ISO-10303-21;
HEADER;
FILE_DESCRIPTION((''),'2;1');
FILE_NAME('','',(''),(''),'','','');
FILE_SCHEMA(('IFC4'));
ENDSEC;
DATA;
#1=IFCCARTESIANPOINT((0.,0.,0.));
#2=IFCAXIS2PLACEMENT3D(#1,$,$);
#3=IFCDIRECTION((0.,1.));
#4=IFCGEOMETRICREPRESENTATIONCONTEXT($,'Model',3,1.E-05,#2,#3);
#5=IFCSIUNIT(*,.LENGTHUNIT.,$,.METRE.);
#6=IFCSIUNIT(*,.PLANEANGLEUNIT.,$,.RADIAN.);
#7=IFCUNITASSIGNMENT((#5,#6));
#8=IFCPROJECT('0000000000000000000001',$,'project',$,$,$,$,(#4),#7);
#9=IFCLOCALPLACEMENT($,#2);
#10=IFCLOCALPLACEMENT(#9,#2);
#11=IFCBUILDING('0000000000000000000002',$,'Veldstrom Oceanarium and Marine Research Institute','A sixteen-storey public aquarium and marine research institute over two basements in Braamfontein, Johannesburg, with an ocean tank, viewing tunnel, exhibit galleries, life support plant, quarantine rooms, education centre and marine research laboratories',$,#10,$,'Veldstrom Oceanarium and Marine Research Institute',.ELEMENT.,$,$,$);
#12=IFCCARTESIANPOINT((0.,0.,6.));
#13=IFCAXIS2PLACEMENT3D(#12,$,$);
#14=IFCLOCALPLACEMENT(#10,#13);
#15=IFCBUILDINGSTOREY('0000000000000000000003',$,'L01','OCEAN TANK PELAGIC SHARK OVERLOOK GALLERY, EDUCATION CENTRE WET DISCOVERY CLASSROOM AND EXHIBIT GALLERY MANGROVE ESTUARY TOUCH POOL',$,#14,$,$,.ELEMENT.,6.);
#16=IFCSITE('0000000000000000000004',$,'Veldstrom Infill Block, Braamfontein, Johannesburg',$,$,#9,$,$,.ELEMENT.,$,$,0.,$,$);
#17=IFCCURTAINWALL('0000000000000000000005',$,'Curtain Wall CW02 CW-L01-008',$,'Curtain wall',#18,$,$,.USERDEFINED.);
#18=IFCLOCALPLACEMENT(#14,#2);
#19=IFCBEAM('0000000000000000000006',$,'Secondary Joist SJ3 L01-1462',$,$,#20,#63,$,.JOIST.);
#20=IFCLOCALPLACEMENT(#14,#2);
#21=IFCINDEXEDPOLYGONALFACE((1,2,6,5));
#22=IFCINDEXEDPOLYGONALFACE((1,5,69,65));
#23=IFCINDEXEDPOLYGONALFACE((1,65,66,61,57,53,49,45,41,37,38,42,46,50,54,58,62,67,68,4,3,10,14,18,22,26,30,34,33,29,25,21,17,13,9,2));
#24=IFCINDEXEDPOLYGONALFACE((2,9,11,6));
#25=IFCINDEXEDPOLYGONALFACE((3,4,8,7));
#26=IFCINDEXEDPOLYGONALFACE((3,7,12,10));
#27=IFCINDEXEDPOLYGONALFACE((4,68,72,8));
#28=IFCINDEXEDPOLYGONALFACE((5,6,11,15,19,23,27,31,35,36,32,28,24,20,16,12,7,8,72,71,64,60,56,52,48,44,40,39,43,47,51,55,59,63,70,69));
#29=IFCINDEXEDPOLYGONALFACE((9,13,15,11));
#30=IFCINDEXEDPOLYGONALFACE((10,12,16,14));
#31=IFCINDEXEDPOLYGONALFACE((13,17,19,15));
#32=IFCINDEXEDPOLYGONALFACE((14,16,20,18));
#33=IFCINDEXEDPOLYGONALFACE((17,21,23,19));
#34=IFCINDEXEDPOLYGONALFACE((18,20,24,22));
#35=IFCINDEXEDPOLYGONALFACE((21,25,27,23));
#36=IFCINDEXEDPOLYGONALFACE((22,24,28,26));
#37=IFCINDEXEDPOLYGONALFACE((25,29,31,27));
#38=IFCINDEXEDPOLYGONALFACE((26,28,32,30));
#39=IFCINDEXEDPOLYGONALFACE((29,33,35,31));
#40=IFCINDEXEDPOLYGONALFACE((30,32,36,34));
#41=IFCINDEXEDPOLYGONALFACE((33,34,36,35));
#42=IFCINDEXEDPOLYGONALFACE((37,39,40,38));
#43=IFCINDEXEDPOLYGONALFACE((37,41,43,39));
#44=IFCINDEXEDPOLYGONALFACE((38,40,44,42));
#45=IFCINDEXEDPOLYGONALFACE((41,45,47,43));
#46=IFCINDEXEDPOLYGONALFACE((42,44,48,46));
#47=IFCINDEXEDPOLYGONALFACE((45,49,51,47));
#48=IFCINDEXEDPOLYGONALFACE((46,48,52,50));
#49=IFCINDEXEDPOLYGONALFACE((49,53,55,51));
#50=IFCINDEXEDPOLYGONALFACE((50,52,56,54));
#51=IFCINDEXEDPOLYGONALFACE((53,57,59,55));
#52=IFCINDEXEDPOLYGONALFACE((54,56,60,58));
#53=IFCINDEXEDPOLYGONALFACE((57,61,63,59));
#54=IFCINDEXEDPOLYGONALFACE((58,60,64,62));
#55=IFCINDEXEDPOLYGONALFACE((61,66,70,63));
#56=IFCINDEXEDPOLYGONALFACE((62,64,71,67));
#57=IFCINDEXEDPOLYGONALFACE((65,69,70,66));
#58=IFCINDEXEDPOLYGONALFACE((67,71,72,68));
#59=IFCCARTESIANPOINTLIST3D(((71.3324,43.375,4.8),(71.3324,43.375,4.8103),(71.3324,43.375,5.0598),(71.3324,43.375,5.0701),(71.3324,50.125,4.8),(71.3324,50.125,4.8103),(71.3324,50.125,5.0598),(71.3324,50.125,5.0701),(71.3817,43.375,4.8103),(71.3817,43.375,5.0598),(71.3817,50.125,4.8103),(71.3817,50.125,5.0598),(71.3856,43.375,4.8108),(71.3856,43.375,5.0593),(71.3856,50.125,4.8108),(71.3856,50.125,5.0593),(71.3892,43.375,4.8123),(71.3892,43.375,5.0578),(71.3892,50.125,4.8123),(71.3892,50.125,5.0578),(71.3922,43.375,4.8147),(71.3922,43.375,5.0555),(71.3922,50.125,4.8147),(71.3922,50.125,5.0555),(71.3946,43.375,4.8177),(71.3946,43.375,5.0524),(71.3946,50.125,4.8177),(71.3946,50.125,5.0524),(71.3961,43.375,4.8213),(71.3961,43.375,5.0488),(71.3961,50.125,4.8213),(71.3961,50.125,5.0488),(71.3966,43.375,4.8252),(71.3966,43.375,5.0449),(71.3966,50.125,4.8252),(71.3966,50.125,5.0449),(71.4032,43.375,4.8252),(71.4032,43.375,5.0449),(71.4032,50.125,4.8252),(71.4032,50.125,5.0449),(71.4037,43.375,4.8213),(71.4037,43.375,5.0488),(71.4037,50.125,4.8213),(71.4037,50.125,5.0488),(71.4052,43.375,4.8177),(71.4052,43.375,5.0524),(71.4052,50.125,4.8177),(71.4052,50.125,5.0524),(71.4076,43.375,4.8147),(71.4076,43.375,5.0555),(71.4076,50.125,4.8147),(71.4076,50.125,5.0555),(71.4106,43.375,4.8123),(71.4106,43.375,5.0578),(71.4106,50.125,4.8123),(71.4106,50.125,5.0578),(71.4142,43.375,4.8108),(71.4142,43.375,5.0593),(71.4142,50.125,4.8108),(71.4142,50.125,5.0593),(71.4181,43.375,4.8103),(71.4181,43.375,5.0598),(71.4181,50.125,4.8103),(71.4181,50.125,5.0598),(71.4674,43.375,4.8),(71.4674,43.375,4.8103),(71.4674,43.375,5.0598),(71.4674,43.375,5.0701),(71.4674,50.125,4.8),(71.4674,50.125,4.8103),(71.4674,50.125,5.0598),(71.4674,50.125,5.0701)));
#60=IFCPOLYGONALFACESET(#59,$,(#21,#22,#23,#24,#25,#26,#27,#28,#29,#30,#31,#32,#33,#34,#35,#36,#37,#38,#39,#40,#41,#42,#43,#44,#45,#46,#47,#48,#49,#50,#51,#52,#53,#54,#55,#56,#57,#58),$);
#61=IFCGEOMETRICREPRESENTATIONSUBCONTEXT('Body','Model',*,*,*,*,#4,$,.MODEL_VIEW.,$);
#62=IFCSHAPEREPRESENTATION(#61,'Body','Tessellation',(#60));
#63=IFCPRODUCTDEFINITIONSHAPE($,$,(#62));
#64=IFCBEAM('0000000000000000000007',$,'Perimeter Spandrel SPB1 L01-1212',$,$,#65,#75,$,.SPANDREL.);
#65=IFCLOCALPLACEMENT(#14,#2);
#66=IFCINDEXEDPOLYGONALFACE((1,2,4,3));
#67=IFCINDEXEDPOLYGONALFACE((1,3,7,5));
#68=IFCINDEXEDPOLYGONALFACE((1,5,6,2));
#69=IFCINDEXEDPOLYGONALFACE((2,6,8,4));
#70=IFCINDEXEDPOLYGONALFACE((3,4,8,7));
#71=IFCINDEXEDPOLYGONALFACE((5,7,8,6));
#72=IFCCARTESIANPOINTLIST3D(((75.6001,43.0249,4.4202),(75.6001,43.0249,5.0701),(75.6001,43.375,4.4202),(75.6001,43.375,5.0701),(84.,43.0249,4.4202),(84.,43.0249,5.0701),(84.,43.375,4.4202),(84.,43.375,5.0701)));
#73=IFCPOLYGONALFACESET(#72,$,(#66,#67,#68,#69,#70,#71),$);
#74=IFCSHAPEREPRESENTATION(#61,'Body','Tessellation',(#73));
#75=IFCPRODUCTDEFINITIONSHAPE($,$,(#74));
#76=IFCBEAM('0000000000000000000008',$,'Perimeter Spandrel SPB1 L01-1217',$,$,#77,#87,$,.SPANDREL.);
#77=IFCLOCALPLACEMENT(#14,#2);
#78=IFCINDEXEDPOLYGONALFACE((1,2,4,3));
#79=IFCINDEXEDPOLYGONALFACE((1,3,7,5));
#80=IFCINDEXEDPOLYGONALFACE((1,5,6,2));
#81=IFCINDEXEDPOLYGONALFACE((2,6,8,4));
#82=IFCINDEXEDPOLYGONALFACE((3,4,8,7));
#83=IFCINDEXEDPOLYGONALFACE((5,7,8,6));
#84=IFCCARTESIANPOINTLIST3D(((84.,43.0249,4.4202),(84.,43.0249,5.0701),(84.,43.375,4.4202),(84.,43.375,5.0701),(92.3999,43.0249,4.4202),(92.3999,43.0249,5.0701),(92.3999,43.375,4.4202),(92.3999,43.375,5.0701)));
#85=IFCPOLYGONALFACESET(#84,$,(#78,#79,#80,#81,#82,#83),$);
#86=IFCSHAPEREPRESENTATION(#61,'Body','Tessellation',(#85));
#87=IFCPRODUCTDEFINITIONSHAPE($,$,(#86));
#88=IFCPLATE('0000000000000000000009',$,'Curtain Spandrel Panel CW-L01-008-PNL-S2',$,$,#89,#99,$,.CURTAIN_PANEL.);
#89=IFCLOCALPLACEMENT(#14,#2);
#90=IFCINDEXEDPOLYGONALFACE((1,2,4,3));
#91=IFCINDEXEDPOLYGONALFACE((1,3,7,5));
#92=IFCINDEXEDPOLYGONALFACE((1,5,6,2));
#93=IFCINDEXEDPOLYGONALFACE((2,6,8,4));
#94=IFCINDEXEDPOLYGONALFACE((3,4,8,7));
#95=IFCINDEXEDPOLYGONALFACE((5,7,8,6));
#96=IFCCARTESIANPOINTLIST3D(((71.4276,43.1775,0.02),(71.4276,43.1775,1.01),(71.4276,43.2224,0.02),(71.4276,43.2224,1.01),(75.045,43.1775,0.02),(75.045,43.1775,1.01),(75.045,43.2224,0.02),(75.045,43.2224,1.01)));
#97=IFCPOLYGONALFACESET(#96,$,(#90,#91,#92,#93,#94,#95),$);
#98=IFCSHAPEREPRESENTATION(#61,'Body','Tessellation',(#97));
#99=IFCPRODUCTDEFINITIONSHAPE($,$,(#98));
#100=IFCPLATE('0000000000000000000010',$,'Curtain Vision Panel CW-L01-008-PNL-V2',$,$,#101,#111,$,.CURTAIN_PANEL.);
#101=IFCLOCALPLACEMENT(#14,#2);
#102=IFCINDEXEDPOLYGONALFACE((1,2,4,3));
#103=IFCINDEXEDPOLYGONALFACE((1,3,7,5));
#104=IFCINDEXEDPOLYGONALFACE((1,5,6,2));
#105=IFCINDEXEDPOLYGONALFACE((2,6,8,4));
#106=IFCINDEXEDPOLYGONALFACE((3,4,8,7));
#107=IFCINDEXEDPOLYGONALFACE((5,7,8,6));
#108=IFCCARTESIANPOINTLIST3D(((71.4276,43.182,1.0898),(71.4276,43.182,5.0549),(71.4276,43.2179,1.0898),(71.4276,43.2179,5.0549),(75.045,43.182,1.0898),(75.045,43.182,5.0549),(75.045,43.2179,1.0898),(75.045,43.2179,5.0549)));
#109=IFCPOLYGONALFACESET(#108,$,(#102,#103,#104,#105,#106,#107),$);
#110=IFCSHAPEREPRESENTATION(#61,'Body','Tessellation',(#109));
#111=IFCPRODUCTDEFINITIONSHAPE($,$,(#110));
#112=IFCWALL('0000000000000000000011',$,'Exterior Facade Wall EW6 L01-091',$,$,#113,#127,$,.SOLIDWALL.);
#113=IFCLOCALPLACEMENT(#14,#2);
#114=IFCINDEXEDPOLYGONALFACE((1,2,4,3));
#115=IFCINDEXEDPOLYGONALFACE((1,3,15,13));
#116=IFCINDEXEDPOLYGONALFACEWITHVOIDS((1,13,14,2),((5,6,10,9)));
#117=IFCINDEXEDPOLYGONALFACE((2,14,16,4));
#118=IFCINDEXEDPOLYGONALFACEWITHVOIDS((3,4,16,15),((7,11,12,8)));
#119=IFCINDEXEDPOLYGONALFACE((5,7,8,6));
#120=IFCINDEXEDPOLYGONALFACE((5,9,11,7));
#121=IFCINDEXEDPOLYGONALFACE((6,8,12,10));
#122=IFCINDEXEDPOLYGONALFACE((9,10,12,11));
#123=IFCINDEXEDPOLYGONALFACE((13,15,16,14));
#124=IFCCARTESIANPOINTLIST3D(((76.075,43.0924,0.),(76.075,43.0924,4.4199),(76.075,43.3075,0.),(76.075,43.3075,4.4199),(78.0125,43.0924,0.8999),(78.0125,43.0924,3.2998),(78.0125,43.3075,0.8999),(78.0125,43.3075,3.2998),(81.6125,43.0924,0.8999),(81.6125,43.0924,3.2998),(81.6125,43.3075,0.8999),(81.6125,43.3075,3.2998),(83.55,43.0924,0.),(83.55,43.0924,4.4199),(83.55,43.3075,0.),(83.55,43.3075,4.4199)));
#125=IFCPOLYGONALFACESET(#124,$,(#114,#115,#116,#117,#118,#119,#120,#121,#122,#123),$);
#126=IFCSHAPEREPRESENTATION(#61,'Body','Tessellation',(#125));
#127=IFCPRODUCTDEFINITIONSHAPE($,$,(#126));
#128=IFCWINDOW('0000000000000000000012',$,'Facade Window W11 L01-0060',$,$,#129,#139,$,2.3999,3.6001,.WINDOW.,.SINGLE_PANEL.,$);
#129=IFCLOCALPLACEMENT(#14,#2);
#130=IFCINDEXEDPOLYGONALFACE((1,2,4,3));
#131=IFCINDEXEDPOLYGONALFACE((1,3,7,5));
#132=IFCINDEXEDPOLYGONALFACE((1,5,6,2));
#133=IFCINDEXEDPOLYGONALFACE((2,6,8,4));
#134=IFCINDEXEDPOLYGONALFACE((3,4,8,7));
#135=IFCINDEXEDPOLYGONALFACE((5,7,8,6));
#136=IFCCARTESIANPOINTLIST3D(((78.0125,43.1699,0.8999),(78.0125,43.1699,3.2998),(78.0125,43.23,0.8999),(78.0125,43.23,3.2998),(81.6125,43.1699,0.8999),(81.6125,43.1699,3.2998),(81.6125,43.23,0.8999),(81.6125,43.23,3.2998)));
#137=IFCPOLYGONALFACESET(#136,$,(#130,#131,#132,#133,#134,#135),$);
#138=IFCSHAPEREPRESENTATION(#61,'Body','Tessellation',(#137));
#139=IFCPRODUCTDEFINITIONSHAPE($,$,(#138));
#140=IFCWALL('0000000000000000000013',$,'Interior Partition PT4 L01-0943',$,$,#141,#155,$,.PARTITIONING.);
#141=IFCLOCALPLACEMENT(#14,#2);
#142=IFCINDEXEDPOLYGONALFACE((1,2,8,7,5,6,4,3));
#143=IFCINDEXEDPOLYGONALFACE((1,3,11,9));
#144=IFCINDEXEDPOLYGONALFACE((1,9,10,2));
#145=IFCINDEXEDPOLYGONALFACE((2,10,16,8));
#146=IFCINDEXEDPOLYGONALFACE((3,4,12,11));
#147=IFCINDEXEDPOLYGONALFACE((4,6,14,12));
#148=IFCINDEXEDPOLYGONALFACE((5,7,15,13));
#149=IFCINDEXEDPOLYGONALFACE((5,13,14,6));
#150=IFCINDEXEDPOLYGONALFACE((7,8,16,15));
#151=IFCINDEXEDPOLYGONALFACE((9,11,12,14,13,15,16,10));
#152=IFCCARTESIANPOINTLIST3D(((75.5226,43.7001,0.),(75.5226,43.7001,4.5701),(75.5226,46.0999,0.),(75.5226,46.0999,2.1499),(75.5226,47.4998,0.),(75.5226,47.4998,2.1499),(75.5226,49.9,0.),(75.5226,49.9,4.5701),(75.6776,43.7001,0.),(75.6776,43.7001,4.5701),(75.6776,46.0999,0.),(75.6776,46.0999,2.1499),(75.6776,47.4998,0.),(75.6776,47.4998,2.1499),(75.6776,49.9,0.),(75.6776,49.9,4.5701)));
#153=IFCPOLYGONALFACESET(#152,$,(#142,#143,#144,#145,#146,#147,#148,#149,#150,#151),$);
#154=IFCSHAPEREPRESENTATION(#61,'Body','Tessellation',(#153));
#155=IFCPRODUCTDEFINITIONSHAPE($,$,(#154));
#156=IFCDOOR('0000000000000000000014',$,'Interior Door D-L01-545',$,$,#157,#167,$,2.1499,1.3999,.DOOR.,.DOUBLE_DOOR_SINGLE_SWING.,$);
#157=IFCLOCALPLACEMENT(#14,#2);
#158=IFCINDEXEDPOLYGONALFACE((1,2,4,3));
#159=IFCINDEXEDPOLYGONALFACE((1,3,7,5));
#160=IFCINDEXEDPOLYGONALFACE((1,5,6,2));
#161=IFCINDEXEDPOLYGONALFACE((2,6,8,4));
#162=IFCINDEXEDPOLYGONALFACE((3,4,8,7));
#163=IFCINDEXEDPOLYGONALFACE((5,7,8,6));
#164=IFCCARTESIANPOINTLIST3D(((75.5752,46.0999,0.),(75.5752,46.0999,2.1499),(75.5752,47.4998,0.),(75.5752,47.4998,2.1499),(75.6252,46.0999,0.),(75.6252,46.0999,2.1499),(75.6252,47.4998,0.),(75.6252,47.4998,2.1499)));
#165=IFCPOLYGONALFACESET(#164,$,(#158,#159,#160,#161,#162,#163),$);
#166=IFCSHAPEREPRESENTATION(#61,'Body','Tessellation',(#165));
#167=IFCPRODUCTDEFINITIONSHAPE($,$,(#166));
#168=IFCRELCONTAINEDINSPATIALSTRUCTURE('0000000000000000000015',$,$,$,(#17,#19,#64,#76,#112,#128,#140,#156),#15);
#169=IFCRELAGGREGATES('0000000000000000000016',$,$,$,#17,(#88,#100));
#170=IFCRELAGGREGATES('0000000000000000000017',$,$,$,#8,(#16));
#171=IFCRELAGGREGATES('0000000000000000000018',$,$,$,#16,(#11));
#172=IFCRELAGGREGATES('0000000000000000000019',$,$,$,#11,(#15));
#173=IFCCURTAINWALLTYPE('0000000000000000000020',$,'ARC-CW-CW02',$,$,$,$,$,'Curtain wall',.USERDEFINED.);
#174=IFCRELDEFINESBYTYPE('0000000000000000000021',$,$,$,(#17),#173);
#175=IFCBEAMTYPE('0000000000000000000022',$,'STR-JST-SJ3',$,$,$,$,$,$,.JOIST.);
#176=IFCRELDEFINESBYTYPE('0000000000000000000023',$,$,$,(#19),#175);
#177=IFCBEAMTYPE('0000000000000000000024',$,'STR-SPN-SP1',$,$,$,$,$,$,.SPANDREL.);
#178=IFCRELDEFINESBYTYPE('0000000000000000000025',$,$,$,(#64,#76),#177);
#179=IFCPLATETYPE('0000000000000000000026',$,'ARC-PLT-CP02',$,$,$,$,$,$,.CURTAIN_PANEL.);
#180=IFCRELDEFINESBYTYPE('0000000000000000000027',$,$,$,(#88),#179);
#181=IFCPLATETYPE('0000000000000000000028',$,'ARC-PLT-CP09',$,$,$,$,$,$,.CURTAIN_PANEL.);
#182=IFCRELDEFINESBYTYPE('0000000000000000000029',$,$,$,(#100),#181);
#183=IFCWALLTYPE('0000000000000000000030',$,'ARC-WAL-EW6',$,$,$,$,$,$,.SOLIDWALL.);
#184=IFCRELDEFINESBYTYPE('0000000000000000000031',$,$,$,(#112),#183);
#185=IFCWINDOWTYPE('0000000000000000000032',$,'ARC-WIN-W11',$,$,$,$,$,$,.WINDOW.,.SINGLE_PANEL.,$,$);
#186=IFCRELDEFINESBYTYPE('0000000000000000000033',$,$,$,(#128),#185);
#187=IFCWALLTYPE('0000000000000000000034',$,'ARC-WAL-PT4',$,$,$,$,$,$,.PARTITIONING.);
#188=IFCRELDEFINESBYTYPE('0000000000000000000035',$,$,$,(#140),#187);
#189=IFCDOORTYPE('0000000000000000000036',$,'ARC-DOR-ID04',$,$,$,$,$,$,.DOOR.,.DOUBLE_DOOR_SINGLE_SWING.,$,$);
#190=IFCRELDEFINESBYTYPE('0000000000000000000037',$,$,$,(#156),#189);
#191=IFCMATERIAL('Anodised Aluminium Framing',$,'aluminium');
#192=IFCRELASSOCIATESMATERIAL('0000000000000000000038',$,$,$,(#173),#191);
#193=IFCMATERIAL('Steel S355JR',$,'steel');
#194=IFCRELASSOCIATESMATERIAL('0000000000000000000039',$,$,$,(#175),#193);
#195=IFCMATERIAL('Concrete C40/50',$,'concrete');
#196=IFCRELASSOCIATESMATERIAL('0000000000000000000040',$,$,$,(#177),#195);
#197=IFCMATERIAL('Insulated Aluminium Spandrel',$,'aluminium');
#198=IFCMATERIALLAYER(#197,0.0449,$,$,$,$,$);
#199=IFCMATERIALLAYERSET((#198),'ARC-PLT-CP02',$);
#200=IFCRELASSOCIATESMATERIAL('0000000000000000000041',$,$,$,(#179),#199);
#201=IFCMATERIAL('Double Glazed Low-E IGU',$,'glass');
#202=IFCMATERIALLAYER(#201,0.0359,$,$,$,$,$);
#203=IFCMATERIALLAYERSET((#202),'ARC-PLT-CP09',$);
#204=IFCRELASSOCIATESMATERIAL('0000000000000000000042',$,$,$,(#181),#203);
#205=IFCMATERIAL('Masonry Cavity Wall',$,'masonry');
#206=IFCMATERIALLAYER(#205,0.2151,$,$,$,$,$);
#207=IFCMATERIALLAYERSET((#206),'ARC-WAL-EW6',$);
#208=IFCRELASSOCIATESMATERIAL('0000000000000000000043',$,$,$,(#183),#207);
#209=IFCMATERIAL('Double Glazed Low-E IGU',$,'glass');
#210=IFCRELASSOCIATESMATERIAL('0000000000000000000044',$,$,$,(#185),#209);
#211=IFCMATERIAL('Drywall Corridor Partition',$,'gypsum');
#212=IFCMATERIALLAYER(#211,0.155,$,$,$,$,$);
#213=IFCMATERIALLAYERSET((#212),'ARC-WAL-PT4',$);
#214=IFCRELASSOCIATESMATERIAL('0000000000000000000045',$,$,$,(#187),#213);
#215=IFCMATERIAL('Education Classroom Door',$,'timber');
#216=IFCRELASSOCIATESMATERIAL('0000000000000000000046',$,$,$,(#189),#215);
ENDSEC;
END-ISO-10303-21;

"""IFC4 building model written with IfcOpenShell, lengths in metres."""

from ifc_helpers import new_model, si_unit, direction, frame, frame_2d, origin, origin_2d, place, context, subcontext, project, spatial, rectangle, i_section, extrude, material, layer, layer_set, material_profile, profile_set, type_object, element, fill, aggregate, save


model = new_model("IFC4")

# Units and contexts
model_context = context("Model", 3, precision=1e-05, world=origin(), true_north=direction((0.0, 1.0)))
body_context = subcontext(model_context, "Body", "Model", "MODEL_VIEW")
ifc_project = project(units=[si_unit("LENGTHUNIT", "METRE"), si_unit("PLANEANGLEUNIT", "RADIAN")], contexts=[model_context])

# Site, building, storey
site_placement = place(None, origin())
site = spatial("IfcSite", under=ifc_project, at=site_placement, Name="Veldstrom Infill Block, Braamfontein, Johannesburg", CompositionType="ELEMENT", RefElevation=0.0)
building_placement = place(site_placement, origin())
building = spatial("IfcBuilding", under=site, at=building_placement, Name="Veldstrom Oceanarium and Marine Research Institute", Description="A sixteen-storey public aquarium and marine research institute over two basements in Braamfontein, Johannesburg, with an ocean tank, viewing tunnel, exhibit galleries, life support plant, quarantine rooms, education centre and marine research laboratories", LongName="Veldstrom Oceanarium and Marine Research Institute", CompositionType="ELEMENT")
storey_placement = place(building_placement, frame((0.0, 0.0, 6.0)))
storey = spatial("IfcBuildingStorey", under=building, at=storey_placement, Name="L01", Description="OCEAN TANK PELAGIC SHARK OVERLOOK GALLERY, EDUCATION CENTRE WET DISCOVERY CLASSROOM AND EXHIBIT GALLERY MANGROVE ESTUARY TOUCH POOL", CompositionType="ELEMENT", Elevation=6.0)

# Curtain wall
ifc_material_1 = material(Name="Anodised Aluminium Framing", Category="aluminium")
curtain_wall_type = type_object("IfcCurtainWallType", Name="ARC-CW-CW02", ElementType="Curtain wall", PredefinedType="USERDEFINED", material=ifc_material_1)
curtain_wall_placement = place(storey_placement, origin())
curtain_wall = element("IfcCurtainWall", 1, at=curtain_wall_placement, inside=storey, type_object=curtain_wall_type, Name="Curtain Wall CW02 CW-L01-008", ObjectType="Curtain wall", PredefinedType="USERDEFINED")

# Beams
ifc_material_2 = material(Name="Steel S355JR", Category="steel")
ifc_material_profile_1 = material_profile(ifc_material_2, i_section(OverallWidth=0.135, OverallDepth=0.27, WebThickness=0.0066, FlangeThickness=0.0103, FilletRadius=0.0149, at=origin_2d()), Name="IPE 270")
ifc_profile_set_1 = profile_set([ifc_material_profile_1], Name="Steel S355JR")
beam_type_1 = type_object("IfcBeamType", Name="STR-JST-SJ3", PredefinedType="JOIST", material=ifc_profile_set_1)
beam_1_placement = place(storey_placement, frame((71.3999, 43.375, 4.9351), z_axis=(0.0, 1.0, 0.0), x_axis=(-1.0, 0.0, 0.0)))
element("IfcBeam", 2, at=beam_1_placement, inside=storey, type_object=beam_type_1, Name="Secondary Joist SJ3 L01-1462", PredefinedType="JOIST", context=body_context, shape_type="SweptSolid", body=[
    extrude(i_section(OverallWidth=0.135, OverallDepth=0.27, WebThickness=0.0066, FlangeThickness=0.0103, FilletRadius=0.0149, at=origin_2d()), origin(), (0.0, 0.0, 1.0), 6.75),
])
ifc_material_3 = material(Name="Concrete C40/50", Category="concrete")
ifc_material_profile_2 = material_profile(ifc_material_3, rectangle(XDim=0.3501, YDim=0.6499, at=origin_2d()), Name="RC-SPN-350x650")
ifc_profile_set_2 = profile_set([ifc_material_profile_2], Name="Concrete C40/50")
beam_type_2 = type_object("IfcBeamType", Name="STR-SPN-SP1", PredefinedType="SPANDREL", material=ifc_profile_set_2)
for number, where, z_axis, x_axis, name in (
    (3, (75.6001, 43.2, 4.7451), (1.0, 0.0, 0.0), (0.0, 1.0, 0.0), "Perimeter Spandrel SPB1 L01-1212"),
    (4, (84.0, 43.2, 4.7451), (1.0, 0.0, 0.0), (0.0, 1.0, 0.0), "Perimeter Spandrel SPB1 L01-1217"),
):
    element("IfcBeam", number, at=place(storey_placement, frame(where, z_axis=z_axis, x_axis=x_axis)), inside=storey, type_object=beam_type_2, Name=name, PredefinedType="SPANDREL", context=body_context, shape_type="SweptSolid", body=[
        extrude(rectangle(XDim=0.3501, YDim=0.6499, at=origin_2d()), origin(), (0.0, 0.0, 1.0), 8.3999),
    ])

# Plates
ifc_material_4 = material(Name="Insulated Aluminium Spandrel", Category="aluminium")
ifc_layer_1 = layer(ifc_material_4, 0.0449)
ifc_layer_set_1 = layer_set([ifc_layer_1], Name="ARC-PLT-CP02")
plate_type_1 = type_object("IfcPlateType", Name="ARC-PLT-CP02", PredefinedType="CURTAIN_PANEL", material=ifc_layer_set_1)
plate_1_placement = place(storey_placement, frame((73.2363, 43.2, 0.02), z_axis=(0.0, 0.0, 1.0), x_axis=(1.0, 0.0, 0.0)))
plate_1 = element("IfcPlate", 5, at=plate_1_placement, type_object=plate_type_1, Name="Curtain Spandrel Panel CW-L01-008-PNL-S2", PredefinedType="CURTAIN_PANEL", context=body_context, shape_type="SweptSolid", body=[
    extrude(rectangle(XDim=3.6174, YDim=0.0449, at=origin_2d()), origin(), (0.0, 0.0, 1.0), 0.99),
])
ifc_material_5 = material(Name="Double Glazed Low-E IGU", Category="glass")
ifc_layer_2 = layer(ifc_material_5, 0.0359)
ifc_layer_set_2 = layer_set([ifc_layer_2], Name="ARC-PLT-CP09")
plate_type_2 = type_object("IfcPlateType", Name="ARC-PLT-CP09", PredefinedType="CURTAIN_PANEL", material=ifc_layer_set_2)
plate_2_placement = place(storey_placement, frame((73.2363, 43.2, 1.0898), z_axis=(0.0, 0.0, 1.0), x_axis=(1.0, 0.0, 0.0)))
plate_2 = element("IfcPlate", 6, at=plate_2_placement, type_object=plate_type_2, Name="Curtain Vision Panel CW-L01-008-PNL-V2", PredefinedType="CURTAIN_PANEL", context=body_context, shape_type="SweptSolid", body=[
    extrude(rectangle(XDim=3.6174, YDim=0.0359, at=origin_2d()), origin(), (0.0, 0.0, 1.0), 3.9651),
])
aggregate(curtain_wall, [plate_1, plate_2])

# Wall, opening, window
ifc_material_6 = material(Name="Masonry Cavity Wall", Category="masonry")
ifc_layer_3 = layer(ifc_material_6, 0.2151)
ifc_layer_set_3 = layer_set([ifc_layer_3], Name="ARC-WAL-EW6")
wall_type_1 = type_object("IfcWallType", Name="ARC-WAL-EW6", PredefinedType="SOLIDWALL", material=ifc_layer_set_3)
wall_1_placement = place(storey_placement, frame((76.075, 43.2, 0.0), z_axis=(0.0, 0.0, 1.0), x_axis=(1.0, 0.0, 0.0)))
wall_1 = element("IfcWall", 7, at=wall_1_placement, inside=storey, type_object=wall_type_1, Name="Exterior Facade Wall EW6 L01-091", PredefinedType="SOLIDWALL", context=body_context, shape_type="SweptSolid", body=[
    extrude(rectangle(XDim=7.4751, YDim=0.2151, at=frame_2d((3.7375, 0.0))), origin(), (0.0, 0.0, 1.0), 4.4199),
])
opening_1_placement = place(wall_1_placement, frame((1.9375, 0.0, 0.8999)))
opening_1 = element("IfcOpeningElement", 8, at=opening_1_placement, cuts=wall_1, PredefinedType="OPENING", context=body_context, shape_type="SweptSolid", body=[
    extrude(rectangle(XDim=3.6001, YDim=2.3999, at=frame_2d((1.8, 1.2))), frame((0.0, 0.1174, 0.0), z_axis=(0.0, -1.0, 0.0), x_axis=(1.0, 0.0, 0.0)), (0.0, 0.0, 1.0), 0.2351),
])
ifc_material_7 = material(Name="Double Glazed Low-E IGU", Category="glass")
window_type = type_object("IfcWindowType", Name="ARC-WIN-W11", PartitioningType="SINGLE_PANEL", PredefinedType="WINDOW", material=ifc_material_7)
window_placement = place(opening_1_placement, origin())
window = element("IfcWindow", 9, at=window_placement, inside=storey, type_object=window_type, Name="Facade Window W11 L01-0060", OverallHeight=2.3999, OverallWidth=3.6001, PartitioningType="SINGLE_PANEL", PredefinedType="WINDOW", context=body_context, shape_type="SweptSolid", body=[
    extrude(rectangle(XDim=3.6001, YDim=2.3999, at=frame_2d((1.8, 1.2))), frame((0.0, 0.03, 0.0), z_axis=(0.0, -1.0, 0.0), x_axis=(1.0, 0.0, 0.0)), (0.0, 0.0, 1.0), 0.0601),
])
fill(opening_1, window)

# Wall, opening, door
ifc_material_8 = material(Name="Drywall Corridor Partition", Category="gypsum")
ifc_layer_4 = layer(ifc_material_8, 0.155)
ifc_layer_set_4 = layer_set([ifc_layer_4], Name="ARC-WAL-PT4")
wall_type_2 = type_object("IfcWallType", Name="ARC-WAL-PT4", PredefinedType="PARTITIONING", material=ifc_layer_set_4)
wall_2_placement = place(storey_placement, frame((75.6001, 43.7, 0.0), z_axis=(0.0, 0.0, 1.0), x_axis=(0.0, 1.0, 0.0)))
wall_2 = element("IfcWall", 10, at=wall_2_placement, inside=storey, type_object=wall_type_2, Name="Interior Partition PT4 L01-0943", PredefinedType="PARTITIONING", context=body_context, shape_type="SweptSolid", body=[
    extrude(rectangle(XDim=6.2, YDim=0.155, at=frame_2d((3.1001, 0.0))), origin(), (0.0, 0.0, 1.0), 4.5701),
])
opening_2_placement = place(wall_2_placement, frame((2.3999, 0.0, 0.0)))
opening_2 = element("IfcOpeningElement", 11, at=opening_2_placement, cuts=wall_2, PredefinedType="OPENING", context=body_context, shape_type="SweptSolid", body=[
    extrude(rectangle(XDim=1.3999, YDim=2.1499, at=frame_2d((0.7, 1.075))), frame((0.0, 0.0874, 0.0), z_axis=(0.0, -1.0, 0.0), x_axis=(1.0, 0.0, 0.0)), (0.0, 0.0, 1.0), 0.175),
])
ifc_material_9 = material(Name="Education Classroom Door", Category="timber")
door_type = type_object("IfcDoorType", Name="ARC-DOR-ID04", OperationType="DOUBLE_DOOR_SINGLE_SWING", PredefinedType="DOOR", material=ifc_material_9)
door_1_placement = place(opening_2_placement, origin())
door_1 = element("IfcDoor", 12, at=door_1_placement, inside=storey, type_object=door_type, Name="Interior Door D-L01-545", OperationType="DOUBLE_DOOR_SINGLE_SWING", OverallHeight=2.1499, OverallWidth=1.3999, PredefinedType="DOOR", context=body_context, shape_type="SweptSolid", body=[
    extrude(rectangle(XDim=1.3999, YDim=2.1499, at=frame_2d((0.7, 1.075))), frame((0.0, 0.0249, 0.0), z_axis=(0.0, -1.0, 0.0), x_axis=(1.0, 0.0, 0.0)), (0.0, 0.0, 1.0), 0.05),
])
fill(opening_2, door_1)

save(model, "model.ifc")
